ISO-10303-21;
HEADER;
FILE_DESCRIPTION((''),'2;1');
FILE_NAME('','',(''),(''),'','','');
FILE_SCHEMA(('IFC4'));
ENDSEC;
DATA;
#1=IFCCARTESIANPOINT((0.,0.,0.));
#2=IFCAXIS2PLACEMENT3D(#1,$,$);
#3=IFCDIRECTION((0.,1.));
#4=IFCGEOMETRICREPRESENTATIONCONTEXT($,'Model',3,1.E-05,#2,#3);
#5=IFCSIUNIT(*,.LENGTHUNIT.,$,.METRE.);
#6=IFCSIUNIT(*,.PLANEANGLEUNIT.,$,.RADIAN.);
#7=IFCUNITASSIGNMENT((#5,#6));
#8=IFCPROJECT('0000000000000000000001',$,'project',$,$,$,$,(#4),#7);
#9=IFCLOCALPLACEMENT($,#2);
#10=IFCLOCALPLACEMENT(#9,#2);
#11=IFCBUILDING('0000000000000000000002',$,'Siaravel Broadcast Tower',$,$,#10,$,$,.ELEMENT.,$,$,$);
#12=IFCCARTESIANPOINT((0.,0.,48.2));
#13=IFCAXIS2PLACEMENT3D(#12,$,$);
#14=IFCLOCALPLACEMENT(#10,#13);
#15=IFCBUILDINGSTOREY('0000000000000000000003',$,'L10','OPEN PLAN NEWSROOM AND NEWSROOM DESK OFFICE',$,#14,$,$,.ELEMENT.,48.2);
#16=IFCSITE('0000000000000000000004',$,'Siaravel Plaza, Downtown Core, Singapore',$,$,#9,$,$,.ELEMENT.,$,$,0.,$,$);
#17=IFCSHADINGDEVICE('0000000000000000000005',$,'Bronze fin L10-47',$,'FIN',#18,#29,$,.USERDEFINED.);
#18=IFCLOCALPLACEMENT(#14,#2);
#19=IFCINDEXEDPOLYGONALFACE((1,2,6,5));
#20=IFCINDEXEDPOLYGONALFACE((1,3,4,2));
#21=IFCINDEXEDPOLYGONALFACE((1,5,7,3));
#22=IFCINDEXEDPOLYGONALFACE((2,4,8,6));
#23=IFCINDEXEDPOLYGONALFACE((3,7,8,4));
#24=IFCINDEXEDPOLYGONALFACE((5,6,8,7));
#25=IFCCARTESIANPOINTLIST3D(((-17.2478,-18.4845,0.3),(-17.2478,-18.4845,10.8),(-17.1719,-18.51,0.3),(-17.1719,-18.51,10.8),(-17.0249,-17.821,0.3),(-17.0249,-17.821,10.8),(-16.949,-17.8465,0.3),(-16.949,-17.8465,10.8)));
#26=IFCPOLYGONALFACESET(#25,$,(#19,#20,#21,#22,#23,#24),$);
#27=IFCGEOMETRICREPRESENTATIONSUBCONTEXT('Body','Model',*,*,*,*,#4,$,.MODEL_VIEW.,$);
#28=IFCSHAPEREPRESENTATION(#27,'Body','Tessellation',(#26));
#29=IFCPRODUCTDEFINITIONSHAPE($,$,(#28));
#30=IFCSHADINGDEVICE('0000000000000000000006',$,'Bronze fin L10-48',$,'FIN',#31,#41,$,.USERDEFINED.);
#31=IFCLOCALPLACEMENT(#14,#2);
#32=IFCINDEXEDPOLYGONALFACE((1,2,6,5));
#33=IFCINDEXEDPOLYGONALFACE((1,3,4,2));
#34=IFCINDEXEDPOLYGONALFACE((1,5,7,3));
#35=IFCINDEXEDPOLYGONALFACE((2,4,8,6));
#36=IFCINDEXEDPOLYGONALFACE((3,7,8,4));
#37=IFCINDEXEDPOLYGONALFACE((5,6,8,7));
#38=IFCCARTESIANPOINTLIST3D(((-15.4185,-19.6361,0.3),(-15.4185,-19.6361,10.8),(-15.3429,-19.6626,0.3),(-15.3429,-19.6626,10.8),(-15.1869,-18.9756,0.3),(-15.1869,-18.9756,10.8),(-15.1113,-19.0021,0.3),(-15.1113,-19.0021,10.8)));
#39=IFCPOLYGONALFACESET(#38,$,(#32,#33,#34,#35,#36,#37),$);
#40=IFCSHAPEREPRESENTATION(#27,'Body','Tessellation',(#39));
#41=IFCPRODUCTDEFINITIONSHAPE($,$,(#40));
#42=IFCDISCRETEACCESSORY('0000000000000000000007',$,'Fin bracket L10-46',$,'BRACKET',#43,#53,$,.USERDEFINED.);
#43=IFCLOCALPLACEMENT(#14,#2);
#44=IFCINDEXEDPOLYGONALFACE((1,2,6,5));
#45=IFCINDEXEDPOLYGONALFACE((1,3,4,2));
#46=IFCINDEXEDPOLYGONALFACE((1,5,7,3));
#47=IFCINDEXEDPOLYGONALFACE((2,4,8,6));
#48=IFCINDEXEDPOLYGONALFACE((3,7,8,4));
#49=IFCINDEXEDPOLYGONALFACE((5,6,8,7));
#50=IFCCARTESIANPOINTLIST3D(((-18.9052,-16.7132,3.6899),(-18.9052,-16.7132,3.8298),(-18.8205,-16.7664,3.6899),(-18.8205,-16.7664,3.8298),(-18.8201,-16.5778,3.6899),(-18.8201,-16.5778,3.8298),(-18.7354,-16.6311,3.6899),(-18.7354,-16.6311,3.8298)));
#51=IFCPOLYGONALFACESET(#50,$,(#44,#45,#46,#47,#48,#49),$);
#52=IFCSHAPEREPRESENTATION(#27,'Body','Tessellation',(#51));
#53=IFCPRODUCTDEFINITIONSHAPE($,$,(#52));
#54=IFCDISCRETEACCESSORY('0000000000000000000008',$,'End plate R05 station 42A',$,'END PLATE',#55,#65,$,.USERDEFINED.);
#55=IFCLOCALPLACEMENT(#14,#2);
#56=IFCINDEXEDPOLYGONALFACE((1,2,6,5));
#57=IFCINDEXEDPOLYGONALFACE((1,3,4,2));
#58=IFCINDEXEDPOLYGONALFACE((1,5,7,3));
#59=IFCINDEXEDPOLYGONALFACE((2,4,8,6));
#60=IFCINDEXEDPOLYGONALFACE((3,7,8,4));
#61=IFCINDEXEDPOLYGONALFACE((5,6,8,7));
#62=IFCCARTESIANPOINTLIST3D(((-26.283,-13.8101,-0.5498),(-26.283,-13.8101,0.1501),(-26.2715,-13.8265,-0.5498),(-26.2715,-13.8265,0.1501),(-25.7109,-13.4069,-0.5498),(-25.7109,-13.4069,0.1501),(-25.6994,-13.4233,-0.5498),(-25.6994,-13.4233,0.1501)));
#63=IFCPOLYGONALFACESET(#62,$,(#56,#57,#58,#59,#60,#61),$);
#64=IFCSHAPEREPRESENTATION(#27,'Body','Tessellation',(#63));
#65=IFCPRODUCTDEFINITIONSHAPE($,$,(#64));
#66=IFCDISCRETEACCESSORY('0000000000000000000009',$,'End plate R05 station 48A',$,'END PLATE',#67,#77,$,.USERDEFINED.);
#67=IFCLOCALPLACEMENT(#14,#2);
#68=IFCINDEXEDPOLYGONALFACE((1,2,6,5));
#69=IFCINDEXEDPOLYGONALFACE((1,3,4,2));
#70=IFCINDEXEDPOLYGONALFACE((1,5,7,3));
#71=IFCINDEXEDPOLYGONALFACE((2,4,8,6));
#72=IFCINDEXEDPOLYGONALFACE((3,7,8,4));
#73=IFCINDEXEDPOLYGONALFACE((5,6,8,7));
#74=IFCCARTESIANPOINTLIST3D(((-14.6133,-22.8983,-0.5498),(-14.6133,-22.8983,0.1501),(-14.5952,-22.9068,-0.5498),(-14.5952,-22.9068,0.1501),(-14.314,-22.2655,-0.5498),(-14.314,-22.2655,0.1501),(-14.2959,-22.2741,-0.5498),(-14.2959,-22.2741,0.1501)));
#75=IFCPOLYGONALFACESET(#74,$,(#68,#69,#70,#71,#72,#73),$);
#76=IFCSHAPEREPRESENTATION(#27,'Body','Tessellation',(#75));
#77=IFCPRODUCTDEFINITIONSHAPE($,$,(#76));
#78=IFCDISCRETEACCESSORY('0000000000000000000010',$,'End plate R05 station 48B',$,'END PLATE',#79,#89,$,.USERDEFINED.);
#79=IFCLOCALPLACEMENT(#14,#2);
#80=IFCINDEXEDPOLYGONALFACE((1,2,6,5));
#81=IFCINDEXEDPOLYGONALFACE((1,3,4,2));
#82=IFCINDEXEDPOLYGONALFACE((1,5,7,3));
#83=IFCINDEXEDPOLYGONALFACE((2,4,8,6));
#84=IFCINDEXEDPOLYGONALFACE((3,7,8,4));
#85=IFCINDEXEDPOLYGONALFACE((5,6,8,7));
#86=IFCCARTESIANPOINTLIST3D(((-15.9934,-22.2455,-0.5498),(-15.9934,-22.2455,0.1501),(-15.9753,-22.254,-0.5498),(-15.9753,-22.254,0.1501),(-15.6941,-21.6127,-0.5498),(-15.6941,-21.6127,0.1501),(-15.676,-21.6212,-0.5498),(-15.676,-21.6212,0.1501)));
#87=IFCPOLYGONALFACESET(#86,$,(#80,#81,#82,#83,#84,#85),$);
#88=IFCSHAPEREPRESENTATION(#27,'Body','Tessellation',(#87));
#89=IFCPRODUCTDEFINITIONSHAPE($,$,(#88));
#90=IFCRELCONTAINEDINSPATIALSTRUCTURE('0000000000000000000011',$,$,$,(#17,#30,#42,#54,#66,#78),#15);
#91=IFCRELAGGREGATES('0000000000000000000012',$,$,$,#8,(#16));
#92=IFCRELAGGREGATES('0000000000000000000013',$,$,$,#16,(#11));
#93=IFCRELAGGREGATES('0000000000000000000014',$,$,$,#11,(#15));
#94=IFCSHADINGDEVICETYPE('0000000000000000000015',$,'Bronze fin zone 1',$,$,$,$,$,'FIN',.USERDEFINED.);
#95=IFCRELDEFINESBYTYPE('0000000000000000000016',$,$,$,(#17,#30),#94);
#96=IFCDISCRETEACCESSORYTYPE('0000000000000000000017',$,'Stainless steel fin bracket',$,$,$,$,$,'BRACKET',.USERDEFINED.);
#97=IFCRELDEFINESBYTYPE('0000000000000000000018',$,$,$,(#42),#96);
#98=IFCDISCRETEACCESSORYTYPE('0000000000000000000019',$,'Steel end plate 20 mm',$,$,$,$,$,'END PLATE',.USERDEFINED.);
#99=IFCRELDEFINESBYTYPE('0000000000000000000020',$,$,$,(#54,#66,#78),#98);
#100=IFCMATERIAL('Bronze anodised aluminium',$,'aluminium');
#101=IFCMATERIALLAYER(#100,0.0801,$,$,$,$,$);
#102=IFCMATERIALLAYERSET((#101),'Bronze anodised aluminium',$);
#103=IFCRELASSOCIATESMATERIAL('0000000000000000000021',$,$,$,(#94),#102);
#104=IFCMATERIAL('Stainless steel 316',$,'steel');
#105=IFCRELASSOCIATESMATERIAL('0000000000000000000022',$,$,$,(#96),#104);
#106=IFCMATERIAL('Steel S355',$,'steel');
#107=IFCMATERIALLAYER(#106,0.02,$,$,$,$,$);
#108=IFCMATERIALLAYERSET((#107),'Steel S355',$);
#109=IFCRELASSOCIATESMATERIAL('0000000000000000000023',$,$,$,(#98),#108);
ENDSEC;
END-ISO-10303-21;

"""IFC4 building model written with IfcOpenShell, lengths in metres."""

from ifc_helpers import new_model, si_unit, direction, frame, origin, origin_2d, place, context, subcontext, project, spatial, rectangle, extrude, material, layer, layer_set, type_object, element, save


model = new_model("IFC4")

# Units and contexts
model_context = context("Model", 3, precision=1e-05, world=origin(), true_north=direction((0.0, 1.0)))
body_context = subcontext(model_context, "Body", "Model", "MODEL_VIEW")
ifc_project = project(units=[si_unit("LENGTHUNIT", "METRE"), si_unit("PLANEANGLEUNIT", "RADIAN")], contexts=[model_context])

# Site, building, storey
site_placement = place(None, origin())
site = spatial("IfcSite", under=ifc_project, at=site_placement, Name="Siaravel Plaza, Downtown Core, Singapore", CompositionType="ELEMENT", RefElevation=0.0)
building_placement = place(site_placement, origin())
building = spatial("IfcBuilding", under=site, at=building_placement, Name="Siaravel Broadcast Tower", CompositionType="ELEMENT")
storey_placement = place(building_placement, frame((0.0, 0.0, 48.2)))
storey = spatial("IfcBuildingStorey", under=building, at=storey_placement, Name="L10", Description="OPEN PLAN NEWSROOM AND NEWSROOM DESK OFFICE", CompositionType="ELEMENT", Elevation=48.2)

# Shared definitions
ifc_material_1 = material(Name="Steel S355", Category="steel")

# Shading devices
ifc_material_2 = material(Name="Bronze anodised aluminium", Category="aluminium")
ifc_layer_1 = layer(ifc_material_2, 0.0801)
ifc_layer_set_1 = layer_set([ifc_layer_1], Name="Bronze anodised aluminium")
shading_device_type = type_object("IfcShadingDeviceType", Name="Bronze fin zone 1", ElementType="FIN", PredefinedType="USERDEFINED", material=ifc_layer_set_1)
for number, where, z_axis, x_axis, name in (
    (1, (-17.0984, -18.1655, 0.3), (0.0, 0.0, 1.0), (-0.318397, -0.947958, 0.0), "Bronze fin L10-47"),
    (2, (-15.2649, -19.3191, 0.3), (0.0, 0.0, 1.0), (-0.33091, -0.943662, 0.0), "Bronze fin L10-48"),
):
    element("IfcShadingDevice", number, at=place(storey_placement, frame(where, z_axis=z_axis, x_axis=x_axis)), inside=storey, type_object=shading_device_type, Name=name, ObjectType="FIN", PredefinedType="USERDEFINED", context=body_context, shape_type="SweptSolid", body=[
        extrude(rectangle(XDim=0.7, YDim=0.0801, at=origin_2d()), origin(), (0.0, 0.0, 1.0), 10.5),
    ])

# Discrete accessories
ifc_material_3 = material(Name="Stainless steel 316", Category="steel")
discrete_accessory_type_1 = type_object("IfcDiscreteAccessoryType", Name="Stainless steel fin bracket", ElementType="BRACKET", PredefinedType="USERDEFINED", material=ifc_material_3)
discrete_accessory_placement = place(storey_placement, frame((-18.8203, -16.6721, 3.6899), z_axis=(0.0, 0.0, 1.0), x_axis=(-0.532149, -0.84665, 0.0)))
element("IfcDiscreteAccessory", 3, at=discrete_accessory_placement, inside=storey, type_object=discrete_accessory_type_1, Name="Fin bracket L10-46", ObjectType="BRACKET", PredefinedType="USERDEFINED", context=body_context, shape_type="SweptSolid", body=[
    extrude(rectangle(XDim=0.1599, YDim=0.1001, at=origin_2d()), origin(), (0.0, 0.0, 1.0), 0.1399),
])
ifc_layer_2 = layer(ifc_material_1, 0.02)
ifc_layer_set_2 = layer_set([ifc_layer_2], Name="Steel S355")
discrete_accessory_type_2 = type_object("IfcDiscreteAccessoryType", Name="Steel end plate 20 mm", ElementType="END PLATE", PredefinedType="USERDEFINED", material=ifc_layer_set_2)
for number, where, z_axis, x_axis, name in (
    (4, (-25.9912, -13.6167, -0.5498), (0.0, 0.0, 1.0), (0.576119, -0.817366, 0.0), "End plate R05 station 42A"),
    (5, (-14.4546, -22.5862, -0.5498), (0.0, 0.0, 1.0), (0.904006, -0.427519, 0.0), "End plate R05 station 48A"),
    (6, (-15.8347, -21.9333, -0.5498), (0.0, 0.0, 1.0), (0.904006, -0.427519, 0.0), "End plate R05 station 48B"),
):
    element("IfcDiscreteAccessory", number, at=place(storey_placement, frame(where, z_axis=z_axis, x_axis=x_axis)), inside=storey, type_object=discrete_accessory_type_2, Name=name, ObjectType="END PLATE", PredefinedType="USERDEFINED", context=body_context, shape_type="SweptSolid", body=[
        extrude(rectangle(XDim=0.02, YDim=0.7, at=origin_2d()), origin(), (0.0, 0.0, 1.0), 0.7),
    ])

save(model, "model.ifc")
